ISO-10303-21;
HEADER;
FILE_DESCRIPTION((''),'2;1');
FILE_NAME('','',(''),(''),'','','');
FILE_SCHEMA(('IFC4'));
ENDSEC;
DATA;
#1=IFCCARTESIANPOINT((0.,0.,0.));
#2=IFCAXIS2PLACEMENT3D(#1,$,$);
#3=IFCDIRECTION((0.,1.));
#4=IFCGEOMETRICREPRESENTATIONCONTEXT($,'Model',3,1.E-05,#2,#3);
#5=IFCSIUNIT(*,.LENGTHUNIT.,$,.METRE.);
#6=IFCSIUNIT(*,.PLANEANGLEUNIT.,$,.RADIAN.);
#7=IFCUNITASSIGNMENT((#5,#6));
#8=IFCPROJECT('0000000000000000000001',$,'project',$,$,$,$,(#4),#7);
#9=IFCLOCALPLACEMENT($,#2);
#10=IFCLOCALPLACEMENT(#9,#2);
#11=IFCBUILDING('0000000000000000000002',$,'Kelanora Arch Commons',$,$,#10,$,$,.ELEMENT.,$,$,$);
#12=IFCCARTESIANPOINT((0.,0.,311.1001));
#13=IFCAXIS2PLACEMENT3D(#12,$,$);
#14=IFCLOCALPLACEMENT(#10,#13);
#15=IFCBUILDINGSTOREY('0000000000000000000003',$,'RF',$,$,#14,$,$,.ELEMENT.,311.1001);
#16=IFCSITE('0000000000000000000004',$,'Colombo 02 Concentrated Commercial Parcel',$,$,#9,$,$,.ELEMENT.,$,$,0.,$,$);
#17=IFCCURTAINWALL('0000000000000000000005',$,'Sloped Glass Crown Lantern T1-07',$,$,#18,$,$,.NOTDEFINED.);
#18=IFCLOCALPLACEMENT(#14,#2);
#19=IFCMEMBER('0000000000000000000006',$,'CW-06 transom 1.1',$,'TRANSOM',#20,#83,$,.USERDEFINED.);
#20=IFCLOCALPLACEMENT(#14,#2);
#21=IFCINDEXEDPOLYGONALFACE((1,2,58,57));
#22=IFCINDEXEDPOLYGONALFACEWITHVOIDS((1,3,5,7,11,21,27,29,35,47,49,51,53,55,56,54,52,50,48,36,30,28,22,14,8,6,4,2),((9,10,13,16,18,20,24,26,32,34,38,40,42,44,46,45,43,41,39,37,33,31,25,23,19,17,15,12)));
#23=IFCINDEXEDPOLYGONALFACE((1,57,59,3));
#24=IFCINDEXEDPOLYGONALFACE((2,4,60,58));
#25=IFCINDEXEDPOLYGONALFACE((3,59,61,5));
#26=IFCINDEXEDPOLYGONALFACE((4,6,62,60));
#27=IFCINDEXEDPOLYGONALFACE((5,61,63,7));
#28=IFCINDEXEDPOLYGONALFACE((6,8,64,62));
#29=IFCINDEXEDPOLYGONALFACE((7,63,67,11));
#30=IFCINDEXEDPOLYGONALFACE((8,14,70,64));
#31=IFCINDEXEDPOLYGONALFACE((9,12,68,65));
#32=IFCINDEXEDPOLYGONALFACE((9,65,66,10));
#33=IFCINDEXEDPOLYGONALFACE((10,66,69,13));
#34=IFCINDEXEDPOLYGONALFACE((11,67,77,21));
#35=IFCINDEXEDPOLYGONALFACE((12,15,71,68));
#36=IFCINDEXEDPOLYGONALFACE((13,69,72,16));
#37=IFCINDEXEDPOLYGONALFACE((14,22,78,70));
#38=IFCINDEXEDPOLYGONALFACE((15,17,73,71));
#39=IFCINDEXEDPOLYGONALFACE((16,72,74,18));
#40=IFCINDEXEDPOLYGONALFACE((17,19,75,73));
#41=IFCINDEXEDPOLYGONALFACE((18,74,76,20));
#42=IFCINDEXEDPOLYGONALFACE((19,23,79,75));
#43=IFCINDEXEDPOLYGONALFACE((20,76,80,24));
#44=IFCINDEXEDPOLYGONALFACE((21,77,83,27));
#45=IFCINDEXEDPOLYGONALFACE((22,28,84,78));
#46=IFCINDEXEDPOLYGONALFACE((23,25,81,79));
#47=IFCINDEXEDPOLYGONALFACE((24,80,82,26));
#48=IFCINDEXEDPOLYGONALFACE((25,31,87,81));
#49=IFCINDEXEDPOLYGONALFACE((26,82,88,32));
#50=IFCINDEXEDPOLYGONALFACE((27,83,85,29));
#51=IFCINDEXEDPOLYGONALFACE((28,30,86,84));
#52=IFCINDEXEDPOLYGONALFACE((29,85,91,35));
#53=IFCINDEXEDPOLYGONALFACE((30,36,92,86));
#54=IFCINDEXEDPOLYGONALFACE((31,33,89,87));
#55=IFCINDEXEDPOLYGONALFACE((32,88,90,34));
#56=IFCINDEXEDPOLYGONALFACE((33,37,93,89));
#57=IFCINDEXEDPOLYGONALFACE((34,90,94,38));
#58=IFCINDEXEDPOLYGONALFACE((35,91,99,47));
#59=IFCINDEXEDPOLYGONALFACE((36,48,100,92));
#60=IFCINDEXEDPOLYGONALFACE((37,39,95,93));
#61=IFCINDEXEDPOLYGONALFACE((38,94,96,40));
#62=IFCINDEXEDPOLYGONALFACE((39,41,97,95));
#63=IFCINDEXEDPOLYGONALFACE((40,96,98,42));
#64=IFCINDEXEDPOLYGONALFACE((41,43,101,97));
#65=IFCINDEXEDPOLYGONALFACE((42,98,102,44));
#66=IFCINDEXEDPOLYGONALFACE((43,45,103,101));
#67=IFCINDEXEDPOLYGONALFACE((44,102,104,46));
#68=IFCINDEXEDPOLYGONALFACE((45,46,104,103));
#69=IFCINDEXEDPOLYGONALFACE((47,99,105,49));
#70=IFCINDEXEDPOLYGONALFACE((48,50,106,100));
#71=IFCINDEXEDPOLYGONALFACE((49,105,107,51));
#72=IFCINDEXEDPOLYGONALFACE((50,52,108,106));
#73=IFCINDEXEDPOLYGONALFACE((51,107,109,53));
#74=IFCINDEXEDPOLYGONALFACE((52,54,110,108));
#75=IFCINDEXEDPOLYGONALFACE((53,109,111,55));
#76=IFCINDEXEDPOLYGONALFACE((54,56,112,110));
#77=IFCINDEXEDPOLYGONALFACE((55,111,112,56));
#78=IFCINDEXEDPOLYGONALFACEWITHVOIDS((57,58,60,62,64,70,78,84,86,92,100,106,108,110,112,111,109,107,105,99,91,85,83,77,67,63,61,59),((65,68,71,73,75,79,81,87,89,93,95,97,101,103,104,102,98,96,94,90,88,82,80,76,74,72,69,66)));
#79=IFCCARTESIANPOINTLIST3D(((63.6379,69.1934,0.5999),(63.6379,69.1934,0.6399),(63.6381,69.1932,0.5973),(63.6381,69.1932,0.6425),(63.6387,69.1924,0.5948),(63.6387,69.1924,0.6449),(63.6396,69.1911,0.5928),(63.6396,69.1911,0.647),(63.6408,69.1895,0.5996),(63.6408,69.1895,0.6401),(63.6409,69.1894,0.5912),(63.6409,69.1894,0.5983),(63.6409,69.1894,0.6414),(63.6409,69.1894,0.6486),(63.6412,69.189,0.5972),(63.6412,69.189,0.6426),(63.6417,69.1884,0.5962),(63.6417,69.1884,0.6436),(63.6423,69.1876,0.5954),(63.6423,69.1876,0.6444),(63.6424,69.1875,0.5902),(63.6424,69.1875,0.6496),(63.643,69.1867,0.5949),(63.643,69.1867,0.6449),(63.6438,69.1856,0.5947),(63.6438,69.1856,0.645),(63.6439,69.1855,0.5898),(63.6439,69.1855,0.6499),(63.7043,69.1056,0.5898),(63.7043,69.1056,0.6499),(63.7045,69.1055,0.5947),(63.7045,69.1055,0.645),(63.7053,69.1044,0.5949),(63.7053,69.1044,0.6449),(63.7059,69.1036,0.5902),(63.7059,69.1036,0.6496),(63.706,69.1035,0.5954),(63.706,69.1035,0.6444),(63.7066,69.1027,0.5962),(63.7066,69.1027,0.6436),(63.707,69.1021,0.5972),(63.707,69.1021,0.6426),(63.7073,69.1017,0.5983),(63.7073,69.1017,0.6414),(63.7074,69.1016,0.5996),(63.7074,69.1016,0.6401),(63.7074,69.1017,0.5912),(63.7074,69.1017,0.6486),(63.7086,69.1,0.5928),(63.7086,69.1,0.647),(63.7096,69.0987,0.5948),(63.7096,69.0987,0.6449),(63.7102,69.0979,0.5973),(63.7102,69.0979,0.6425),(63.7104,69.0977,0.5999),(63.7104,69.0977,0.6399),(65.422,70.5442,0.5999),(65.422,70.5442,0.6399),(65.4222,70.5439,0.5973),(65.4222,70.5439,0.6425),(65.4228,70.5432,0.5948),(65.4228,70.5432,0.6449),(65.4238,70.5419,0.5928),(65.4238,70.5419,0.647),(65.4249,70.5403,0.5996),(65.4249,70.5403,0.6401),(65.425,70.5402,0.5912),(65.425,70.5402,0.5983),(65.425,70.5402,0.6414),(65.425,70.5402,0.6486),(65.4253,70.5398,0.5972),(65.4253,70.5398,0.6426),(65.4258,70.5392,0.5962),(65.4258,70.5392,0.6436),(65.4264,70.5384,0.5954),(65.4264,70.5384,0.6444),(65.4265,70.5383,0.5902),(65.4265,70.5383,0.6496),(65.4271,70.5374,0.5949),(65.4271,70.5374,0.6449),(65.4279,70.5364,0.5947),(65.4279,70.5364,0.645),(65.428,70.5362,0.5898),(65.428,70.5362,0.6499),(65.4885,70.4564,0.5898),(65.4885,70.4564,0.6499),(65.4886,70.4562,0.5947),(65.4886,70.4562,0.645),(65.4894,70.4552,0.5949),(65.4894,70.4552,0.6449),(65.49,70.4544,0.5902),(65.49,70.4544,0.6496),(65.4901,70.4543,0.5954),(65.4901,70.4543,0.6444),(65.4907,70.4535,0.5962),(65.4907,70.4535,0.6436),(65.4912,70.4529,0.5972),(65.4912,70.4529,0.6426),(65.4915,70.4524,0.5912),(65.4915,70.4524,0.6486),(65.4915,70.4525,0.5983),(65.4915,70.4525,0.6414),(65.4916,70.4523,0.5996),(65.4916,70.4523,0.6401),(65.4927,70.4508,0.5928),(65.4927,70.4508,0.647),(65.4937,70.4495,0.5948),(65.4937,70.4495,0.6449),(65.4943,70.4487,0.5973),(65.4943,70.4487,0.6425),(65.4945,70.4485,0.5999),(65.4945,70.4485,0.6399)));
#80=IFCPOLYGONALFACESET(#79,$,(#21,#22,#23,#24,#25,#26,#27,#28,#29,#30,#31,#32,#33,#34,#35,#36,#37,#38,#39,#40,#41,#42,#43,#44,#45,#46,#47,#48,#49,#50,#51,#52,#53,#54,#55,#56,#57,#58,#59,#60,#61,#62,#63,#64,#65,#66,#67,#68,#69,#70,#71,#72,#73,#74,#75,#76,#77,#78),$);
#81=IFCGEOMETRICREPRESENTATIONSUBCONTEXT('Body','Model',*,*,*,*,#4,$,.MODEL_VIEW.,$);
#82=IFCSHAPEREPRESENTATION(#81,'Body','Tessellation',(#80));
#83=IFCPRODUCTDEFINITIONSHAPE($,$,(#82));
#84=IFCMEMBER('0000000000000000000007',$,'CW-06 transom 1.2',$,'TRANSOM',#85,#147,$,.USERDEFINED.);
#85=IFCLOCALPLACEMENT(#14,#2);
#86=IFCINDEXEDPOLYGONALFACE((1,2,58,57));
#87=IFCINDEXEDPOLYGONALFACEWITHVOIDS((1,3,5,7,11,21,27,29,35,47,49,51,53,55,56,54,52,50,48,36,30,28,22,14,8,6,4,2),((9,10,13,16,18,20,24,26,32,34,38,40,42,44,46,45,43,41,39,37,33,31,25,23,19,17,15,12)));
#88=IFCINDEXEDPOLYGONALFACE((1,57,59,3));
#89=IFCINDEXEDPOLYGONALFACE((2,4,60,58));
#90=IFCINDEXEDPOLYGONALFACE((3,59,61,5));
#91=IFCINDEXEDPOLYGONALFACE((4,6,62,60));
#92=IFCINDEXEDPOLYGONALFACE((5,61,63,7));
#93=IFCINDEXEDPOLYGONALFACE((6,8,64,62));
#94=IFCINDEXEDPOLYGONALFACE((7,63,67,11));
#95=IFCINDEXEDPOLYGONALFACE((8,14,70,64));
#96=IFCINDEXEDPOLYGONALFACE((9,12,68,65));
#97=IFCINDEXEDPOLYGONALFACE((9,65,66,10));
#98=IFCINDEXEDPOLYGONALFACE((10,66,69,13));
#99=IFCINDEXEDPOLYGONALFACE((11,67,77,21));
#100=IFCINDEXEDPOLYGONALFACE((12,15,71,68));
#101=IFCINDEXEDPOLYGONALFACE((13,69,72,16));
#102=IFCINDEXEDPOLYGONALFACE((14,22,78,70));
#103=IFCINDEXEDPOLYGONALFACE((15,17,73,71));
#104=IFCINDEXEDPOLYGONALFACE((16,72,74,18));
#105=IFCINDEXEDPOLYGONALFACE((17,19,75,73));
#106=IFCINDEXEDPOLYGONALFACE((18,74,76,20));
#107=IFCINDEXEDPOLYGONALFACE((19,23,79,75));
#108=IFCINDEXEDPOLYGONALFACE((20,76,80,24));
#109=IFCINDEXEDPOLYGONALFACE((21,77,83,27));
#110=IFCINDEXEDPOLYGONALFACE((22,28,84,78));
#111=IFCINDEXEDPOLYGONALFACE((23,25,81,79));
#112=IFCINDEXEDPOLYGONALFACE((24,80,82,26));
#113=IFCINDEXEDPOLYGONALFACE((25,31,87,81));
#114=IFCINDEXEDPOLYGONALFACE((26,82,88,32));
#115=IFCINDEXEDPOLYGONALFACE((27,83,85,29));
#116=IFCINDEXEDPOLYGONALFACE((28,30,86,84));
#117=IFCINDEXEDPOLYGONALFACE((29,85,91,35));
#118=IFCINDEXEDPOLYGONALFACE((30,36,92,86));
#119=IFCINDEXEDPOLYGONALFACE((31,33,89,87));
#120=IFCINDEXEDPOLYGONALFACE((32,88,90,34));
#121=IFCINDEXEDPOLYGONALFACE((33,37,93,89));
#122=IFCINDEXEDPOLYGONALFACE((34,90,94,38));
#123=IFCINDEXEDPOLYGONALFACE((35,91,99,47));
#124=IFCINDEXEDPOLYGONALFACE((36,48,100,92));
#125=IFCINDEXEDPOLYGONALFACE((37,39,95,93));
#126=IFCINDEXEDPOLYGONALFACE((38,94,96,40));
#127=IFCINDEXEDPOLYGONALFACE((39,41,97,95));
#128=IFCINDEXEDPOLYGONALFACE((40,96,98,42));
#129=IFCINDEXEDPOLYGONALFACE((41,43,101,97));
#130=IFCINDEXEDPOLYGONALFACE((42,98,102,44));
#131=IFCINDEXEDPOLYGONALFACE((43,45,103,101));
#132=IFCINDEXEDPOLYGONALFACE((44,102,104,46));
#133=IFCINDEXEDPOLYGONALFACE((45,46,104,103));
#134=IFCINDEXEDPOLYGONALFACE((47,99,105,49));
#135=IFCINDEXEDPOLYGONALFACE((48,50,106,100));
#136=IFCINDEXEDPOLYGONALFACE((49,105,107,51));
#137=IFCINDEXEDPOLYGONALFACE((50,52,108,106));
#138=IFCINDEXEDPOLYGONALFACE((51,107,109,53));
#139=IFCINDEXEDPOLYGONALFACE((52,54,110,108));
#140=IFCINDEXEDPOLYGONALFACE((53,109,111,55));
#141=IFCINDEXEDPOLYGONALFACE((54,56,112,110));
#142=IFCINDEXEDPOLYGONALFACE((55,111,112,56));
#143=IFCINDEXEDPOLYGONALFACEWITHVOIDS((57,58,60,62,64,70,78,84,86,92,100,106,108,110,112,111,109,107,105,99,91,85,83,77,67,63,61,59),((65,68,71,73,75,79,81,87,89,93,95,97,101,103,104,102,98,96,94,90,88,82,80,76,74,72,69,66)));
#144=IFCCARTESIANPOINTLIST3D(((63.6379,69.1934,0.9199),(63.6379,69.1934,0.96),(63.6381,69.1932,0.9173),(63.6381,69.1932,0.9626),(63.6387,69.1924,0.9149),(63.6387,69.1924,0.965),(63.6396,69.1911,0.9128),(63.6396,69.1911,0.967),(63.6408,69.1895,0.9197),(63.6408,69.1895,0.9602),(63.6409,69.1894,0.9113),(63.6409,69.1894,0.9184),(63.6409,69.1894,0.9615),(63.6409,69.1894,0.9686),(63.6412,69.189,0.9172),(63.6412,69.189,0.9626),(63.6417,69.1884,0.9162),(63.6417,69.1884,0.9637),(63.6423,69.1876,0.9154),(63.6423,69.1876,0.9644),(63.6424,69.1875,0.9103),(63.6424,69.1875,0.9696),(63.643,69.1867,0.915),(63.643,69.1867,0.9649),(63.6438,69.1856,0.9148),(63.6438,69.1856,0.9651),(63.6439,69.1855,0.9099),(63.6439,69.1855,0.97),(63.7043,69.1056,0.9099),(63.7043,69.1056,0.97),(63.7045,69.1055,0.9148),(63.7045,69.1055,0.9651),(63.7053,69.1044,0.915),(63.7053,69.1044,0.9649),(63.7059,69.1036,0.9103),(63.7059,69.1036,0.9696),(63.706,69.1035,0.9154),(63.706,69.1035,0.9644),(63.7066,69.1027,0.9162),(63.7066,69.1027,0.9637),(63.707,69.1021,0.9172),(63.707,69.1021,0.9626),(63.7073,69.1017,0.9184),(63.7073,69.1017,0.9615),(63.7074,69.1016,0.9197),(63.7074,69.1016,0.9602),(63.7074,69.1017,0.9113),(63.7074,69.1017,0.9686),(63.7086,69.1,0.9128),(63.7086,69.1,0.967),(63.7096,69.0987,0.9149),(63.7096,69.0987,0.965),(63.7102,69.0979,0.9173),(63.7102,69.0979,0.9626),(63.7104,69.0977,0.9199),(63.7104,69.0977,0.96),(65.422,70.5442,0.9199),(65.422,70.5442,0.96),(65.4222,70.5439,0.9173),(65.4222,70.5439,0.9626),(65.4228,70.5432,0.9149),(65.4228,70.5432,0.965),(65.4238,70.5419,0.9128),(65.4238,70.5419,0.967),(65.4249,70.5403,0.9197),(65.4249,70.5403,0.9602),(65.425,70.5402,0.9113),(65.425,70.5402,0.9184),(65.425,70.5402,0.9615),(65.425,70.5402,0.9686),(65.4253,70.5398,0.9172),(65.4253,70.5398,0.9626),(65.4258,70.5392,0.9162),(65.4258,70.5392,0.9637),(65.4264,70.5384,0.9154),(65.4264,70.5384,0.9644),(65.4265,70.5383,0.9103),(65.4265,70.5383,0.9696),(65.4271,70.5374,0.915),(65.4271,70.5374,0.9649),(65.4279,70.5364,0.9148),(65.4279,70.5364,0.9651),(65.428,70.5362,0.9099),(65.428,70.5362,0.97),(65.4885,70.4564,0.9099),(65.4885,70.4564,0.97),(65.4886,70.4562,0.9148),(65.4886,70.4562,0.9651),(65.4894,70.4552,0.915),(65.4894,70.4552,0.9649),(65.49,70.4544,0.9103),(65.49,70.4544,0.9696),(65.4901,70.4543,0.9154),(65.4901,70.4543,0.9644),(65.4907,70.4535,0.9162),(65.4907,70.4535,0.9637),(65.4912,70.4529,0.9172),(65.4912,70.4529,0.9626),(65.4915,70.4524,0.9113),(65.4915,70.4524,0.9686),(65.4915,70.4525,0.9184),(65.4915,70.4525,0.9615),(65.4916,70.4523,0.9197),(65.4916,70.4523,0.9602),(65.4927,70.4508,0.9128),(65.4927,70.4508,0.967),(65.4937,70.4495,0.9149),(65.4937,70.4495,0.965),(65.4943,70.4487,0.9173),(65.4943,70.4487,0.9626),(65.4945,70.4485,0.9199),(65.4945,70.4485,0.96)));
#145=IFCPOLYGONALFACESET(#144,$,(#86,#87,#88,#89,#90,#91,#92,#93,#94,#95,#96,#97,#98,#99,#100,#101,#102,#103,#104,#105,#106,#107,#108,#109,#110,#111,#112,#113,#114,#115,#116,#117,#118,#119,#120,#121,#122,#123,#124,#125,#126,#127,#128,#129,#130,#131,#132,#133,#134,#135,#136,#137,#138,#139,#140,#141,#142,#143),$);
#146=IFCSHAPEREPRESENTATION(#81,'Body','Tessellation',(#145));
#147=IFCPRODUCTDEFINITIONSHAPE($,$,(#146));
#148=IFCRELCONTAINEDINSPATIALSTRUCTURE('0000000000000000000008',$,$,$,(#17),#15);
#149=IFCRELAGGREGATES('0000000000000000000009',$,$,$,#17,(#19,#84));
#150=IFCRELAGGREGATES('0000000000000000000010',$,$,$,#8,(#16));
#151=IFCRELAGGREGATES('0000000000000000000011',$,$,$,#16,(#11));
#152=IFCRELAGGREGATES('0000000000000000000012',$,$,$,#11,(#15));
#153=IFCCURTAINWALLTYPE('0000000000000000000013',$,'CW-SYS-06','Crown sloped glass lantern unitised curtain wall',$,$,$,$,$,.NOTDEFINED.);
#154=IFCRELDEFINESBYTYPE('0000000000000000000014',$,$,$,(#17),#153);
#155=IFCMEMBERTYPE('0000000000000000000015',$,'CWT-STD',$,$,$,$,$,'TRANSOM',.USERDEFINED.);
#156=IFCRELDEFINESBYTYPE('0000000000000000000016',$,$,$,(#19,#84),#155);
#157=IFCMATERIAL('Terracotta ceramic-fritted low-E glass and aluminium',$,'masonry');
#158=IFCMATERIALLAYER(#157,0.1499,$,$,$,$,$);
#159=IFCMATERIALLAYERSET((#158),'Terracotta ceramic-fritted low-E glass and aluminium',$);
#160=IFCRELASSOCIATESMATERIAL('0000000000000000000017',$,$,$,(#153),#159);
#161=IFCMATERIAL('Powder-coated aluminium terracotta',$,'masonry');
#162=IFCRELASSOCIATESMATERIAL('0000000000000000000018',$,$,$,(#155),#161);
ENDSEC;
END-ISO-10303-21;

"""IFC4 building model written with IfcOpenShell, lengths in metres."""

from ifc_helpers import new_model, si_unit, direction, frame, origin, origin_2d, place, context, subcontext, project, spatial, hollow_rectangle, extrude, material, layer, layer_set, material_profile, profile_set, type_object, element, aggregate, save


model = new_model("IFC4")

# Units and contexts
model_context = context("Model", 3, precision=1e-05, world=origin(), true_north=direction((0.0, 1.0)))
body_context = subcontext(model_context, "Body", "Model", "MODEL_VIEW")
ifc_project = project(units=[si_unit("LENGTHUNIT", "METRE"), si_unit("PLANEANGLEUNIT", "RADIAN")], contexts=[model_context])

# Site, building, storey
site_placement = place(None, origin())
site = spatial("IfcSite", under=ifc_project, at=site_placement, Name="Colombo 02 Concentrated Commercial Parcel", CompositionType="ELEMENT", RefElevation=0.0)
building_placement = place(site_placement, origin())
building = spatial("IfcBuilding", under=site, at=building_placement, Name="Kelanora Arch Commons", CompositionType="ELEMENT")
storey_placement = place(building_placement, frame((0.0, 0.0, 311.1001)))
storey = spatial("IfcBuildingStorey", under=building, at=storey_placement, Name="RF", CompositionType="ELEMENT", Elevation=311.1001)

# Curtain wall
ifc_material_1 = material(Name="Terracotta ceramic-fritted low-E glass and aluminium", Category="masonry")
ifc_layer_1 = layer(ifc_material_1, 0.1499)
ifc_layer_set_1 = layer_set([ifc_layer_1], Name="Terracotta ceramic-fritted low-E glass and aluminium")
curtain_wall_type = type_object("IfcCurtainWallType", Name="CW-SYS-06", Description="Crown sloped glass lantern unitised curtain wall", PredefinedType="NOTDEFINED", material=ifc_layer_set_1)
curtain_wall_1_placement = place(storey_placement, origin())
curtain_wall_1 = element("IfcCurtainWall", 1, at=curtain_wall_1_placement, inside=storey, type_object=curtain_wall_type, Name="Sloped Glass Crown Lantern T1-07", PredefinedType="NOTDEFINED")
ifc_material_2 = material(Name="Powder-coated aluminium terracotta", Category="masonry")

# Members
ifc_material_profile_1 = material_profile(ifc_material_2, hollow_rectangle(XDim=0.1201, YDim=0.0601, WallThickness=0.0049, InnerFilletRadius=0.0049, OuterFilletRadius=0.01, at=origin_2d()), Name="CWT120x60")
ifc_profile_set_1 = profile_set([ifc_material_profile_1], Name="Powder-coated aluminium terracotta")
member_type_1 = type_object("IfcMemberType", Name="CWT-STD", ElementType="TRANSOM", PredefinedType="USERDEFINED", material=ifc_profile_set_1)
member_1_placement = place(storey_placement, frame((65.4583, 70.4963, 0.6199), z_axis=(-0.797269, -0.603625, 0.0), x_axis=(0.603625, -0.797269, 0.0)))
member_1 = element("IfcMember", 2, at=member_1_placement, type_object=member_type_1, Name="CW-06 transom 1.1", ObjectType="TRANSOM", PredefinedType="USERDEFINED", context=body_context, shape_type="SweptSolid", body=[
    extrude(hollow_rectangle(XDim=0.1201, YDim=0.0601, WallThickness=0.0049, InnerFilletRadius=0.0049, OuterFilletRadius=0.01, at=origin_2d()), origin(), (0.0, 0.0, 1.0), 2.2378),
])
member_2_placement = place(storey_placement, frame((65.4583, 70.4963, 0.9399), z_axis=(-0.797269, -0.603625, 0.0), x_axis=(0.603625, -0.797269, 0.0)))
member_2 = element("IfcMember", 3, at=member_2_placement, type_object=member_type_1, Name="CW-06 transom 1.2", ObjectType="TRANSOM", PredefinedType="USERDEFINED", context=body_context, shape_type="SweptSolid", body=[
    extrude(hollow_rectangle(XDim=0.1201, YDim=0.0601, WallThickness=0.0049, InnerFilletRadius=0.0049, OuterFilletRadius=0.01, at=origin_2d()), origin(), (0.0, 0.0, 1.0), 2.2378),
])

aggregate(curtain_wall_1, [member_1, member_2])

save(model, "model.ifc")
